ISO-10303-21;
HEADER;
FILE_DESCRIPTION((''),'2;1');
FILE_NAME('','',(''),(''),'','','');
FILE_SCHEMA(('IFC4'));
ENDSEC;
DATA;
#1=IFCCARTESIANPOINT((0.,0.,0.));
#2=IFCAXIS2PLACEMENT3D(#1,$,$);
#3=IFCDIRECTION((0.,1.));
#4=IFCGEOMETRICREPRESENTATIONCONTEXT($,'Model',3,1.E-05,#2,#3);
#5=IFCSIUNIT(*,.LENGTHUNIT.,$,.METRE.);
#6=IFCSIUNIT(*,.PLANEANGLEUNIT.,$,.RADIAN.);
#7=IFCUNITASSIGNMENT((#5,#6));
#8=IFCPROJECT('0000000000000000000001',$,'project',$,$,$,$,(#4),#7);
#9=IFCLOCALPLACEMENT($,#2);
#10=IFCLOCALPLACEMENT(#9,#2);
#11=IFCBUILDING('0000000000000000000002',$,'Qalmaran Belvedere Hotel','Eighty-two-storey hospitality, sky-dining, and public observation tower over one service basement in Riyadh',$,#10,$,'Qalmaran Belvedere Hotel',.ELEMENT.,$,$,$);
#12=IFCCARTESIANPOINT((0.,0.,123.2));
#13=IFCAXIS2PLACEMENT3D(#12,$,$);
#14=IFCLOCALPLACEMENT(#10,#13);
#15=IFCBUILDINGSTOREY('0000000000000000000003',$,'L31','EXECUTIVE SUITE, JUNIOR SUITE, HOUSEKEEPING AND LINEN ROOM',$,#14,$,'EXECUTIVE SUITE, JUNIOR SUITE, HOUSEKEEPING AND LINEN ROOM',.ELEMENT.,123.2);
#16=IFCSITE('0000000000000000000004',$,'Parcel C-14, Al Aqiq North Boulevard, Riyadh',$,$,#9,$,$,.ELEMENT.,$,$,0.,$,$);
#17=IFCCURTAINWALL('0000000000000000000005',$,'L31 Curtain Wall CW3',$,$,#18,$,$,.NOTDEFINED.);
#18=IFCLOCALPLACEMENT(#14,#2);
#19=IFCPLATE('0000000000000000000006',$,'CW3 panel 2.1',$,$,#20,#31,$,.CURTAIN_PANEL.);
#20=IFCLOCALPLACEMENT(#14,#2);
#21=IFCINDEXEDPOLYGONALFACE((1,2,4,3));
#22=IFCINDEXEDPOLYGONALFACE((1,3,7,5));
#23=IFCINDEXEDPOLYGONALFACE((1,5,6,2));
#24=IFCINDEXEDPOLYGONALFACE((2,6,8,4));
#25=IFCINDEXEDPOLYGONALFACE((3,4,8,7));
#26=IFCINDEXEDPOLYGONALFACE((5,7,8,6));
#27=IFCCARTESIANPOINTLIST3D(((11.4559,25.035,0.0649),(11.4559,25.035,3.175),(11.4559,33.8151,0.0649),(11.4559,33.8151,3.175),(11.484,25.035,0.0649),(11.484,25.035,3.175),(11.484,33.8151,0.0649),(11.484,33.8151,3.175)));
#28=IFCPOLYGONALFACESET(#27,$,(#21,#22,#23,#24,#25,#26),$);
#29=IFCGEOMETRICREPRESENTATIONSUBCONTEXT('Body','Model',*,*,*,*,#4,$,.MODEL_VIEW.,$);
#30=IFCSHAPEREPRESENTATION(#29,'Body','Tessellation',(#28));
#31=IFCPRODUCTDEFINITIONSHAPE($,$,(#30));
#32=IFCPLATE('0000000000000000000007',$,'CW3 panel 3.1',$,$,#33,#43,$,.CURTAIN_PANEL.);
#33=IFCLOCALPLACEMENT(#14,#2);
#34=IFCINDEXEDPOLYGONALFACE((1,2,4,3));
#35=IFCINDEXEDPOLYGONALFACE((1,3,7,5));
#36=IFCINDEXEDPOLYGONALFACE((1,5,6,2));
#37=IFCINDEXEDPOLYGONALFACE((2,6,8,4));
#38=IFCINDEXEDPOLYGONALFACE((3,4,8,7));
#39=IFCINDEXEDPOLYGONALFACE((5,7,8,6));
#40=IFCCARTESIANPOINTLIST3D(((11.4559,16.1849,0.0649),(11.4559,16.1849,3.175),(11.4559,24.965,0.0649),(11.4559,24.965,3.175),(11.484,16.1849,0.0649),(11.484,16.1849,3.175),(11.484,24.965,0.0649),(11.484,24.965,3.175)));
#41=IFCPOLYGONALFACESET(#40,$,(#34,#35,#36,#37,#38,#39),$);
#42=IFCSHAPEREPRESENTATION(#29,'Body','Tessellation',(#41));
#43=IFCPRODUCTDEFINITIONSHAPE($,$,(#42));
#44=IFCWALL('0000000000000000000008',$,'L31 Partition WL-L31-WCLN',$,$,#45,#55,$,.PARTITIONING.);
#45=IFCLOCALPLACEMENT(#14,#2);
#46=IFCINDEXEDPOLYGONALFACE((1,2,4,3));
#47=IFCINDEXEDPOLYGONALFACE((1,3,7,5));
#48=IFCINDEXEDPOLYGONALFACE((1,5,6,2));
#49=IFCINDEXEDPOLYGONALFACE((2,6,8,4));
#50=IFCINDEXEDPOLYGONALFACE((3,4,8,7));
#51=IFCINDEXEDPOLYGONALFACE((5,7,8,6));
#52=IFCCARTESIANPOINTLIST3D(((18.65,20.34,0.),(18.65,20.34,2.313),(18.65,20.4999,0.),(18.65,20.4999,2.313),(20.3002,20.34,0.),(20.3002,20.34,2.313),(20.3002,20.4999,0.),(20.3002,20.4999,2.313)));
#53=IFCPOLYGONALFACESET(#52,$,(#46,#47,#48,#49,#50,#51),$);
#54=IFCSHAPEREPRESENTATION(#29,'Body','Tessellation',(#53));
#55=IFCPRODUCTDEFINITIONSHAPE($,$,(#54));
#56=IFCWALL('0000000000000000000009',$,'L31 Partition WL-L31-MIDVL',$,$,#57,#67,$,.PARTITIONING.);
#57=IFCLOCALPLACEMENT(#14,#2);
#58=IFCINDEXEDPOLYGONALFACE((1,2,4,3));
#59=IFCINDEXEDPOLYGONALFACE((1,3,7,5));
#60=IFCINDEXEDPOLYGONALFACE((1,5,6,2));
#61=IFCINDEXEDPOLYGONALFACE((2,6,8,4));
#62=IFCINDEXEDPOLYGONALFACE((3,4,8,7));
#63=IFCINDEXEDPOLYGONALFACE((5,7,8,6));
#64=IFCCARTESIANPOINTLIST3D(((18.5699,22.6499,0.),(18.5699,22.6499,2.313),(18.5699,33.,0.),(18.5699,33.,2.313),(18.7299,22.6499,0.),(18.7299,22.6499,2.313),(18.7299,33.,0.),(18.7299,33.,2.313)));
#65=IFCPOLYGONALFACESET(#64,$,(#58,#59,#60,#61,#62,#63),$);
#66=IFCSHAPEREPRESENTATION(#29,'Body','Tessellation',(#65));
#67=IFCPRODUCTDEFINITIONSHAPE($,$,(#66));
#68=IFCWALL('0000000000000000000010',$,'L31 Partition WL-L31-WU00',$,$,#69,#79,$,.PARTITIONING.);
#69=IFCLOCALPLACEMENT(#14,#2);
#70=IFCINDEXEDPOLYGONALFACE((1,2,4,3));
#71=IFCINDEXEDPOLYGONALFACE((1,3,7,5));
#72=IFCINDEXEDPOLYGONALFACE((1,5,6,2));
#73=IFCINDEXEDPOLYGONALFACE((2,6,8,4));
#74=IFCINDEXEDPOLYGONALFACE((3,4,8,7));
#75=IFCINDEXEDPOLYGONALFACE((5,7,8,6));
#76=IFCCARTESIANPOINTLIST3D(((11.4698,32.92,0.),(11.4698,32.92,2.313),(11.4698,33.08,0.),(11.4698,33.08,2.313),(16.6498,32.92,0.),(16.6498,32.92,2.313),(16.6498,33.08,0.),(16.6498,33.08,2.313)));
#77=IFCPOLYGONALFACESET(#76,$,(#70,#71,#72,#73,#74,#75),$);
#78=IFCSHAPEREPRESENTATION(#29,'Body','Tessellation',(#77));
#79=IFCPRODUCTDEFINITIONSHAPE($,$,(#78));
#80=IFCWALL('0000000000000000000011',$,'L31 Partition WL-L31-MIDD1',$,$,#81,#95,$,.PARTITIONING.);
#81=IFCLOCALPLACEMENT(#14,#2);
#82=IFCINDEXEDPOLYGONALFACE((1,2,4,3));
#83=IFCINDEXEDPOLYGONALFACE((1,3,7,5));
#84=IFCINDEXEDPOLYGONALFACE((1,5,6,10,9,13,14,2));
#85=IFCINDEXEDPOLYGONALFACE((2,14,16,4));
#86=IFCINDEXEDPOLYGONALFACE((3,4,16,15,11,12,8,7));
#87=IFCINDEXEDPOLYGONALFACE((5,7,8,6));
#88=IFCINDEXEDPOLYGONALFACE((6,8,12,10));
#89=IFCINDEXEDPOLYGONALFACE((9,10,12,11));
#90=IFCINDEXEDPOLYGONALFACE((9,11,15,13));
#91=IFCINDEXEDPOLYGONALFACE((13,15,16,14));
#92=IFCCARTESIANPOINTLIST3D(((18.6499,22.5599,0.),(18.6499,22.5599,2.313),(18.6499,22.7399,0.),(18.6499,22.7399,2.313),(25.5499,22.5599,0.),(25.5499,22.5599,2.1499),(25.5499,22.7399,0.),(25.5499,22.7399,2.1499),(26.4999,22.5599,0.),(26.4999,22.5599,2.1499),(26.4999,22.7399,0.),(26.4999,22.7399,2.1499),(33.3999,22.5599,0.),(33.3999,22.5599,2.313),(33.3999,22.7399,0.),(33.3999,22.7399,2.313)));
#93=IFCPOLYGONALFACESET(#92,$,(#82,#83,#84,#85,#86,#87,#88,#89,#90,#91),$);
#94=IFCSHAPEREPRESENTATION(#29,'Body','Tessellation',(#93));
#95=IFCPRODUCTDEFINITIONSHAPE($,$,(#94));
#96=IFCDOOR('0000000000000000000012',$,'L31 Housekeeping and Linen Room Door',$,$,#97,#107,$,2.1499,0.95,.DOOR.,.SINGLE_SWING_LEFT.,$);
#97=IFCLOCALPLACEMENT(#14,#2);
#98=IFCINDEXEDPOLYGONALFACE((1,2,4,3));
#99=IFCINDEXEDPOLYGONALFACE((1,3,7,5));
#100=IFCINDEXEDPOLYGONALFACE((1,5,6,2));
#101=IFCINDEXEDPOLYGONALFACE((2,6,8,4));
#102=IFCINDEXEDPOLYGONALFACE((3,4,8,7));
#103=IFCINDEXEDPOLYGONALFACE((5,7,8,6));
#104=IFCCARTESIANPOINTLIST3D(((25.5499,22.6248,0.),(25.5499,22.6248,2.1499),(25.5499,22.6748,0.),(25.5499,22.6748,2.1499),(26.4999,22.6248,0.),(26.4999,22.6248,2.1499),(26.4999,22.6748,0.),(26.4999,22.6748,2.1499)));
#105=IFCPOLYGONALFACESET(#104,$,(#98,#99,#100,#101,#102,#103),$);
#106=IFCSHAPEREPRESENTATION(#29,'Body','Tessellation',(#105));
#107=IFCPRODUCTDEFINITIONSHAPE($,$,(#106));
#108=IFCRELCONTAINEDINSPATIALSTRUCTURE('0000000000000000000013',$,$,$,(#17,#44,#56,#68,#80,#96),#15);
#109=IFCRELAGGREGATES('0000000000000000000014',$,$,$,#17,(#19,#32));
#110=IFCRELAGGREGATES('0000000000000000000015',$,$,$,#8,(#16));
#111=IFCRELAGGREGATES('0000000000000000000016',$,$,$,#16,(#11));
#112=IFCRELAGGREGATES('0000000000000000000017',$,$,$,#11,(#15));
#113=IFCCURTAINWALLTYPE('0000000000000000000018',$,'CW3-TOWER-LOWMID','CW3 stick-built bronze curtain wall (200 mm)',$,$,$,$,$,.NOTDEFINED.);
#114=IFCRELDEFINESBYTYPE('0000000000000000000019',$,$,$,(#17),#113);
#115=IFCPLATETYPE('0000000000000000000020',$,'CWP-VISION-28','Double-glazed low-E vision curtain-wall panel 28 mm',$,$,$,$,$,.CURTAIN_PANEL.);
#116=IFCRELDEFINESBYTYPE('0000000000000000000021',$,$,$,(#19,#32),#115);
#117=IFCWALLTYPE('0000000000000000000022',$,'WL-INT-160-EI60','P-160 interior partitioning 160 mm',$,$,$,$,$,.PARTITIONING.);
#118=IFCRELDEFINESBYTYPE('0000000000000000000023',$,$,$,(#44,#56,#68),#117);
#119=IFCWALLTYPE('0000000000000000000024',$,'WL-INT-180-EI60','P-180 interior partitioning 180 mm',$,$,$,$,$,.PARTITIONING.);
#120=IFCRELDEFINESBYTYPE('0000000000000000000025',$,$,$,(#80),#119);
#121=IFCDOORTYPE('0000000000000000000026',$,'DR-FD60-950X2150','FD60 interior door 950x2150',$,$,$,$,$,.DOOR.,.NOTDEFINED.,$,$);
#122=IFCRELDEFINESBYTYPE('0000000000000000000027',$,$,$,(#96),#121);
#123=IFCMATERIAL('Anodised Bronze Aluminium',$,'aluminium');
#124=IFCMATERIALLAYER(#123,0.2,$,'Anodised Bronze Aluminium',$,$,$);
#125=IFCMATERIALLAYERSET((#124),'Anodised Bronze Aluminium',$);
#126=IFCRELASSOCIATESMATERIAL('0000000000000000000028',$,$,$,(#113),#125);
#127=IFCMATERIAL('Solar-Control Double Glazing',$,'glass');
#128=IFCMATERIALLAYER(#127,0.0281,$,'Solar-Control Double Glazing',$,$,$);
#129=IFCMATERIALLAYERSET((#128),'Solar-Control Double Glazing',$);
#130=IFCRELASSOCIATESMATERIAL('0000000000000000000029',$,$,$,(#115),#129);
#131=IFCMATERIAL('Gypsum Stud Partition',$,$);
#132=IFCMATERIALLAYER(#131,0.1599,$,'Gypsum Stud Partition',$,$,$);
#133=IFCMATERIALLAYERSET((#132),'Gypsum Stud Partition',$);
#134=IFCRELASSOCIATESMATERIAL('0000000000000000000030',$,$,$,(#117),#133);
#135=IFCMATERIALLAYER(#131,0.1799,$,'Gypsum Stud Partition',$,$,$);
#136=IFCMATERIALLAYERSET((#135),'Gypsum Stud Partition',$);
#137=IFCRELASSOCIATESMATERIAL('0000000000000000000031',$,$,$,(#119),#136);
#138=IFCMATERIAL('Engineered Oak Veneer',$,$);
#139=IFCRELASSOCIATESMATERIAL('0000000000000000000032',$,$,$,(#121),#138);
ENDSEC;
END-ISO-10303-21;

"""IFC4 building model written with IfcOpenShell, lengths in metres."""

from ifc_helpers import new_model, si_unit, direction, frame, frame_2d, origin, origin_2d, place, context, subcontext, project, spatial, rectangle, extrude, material, layer, layer_set, type_object, element, fill, aggregate, save


model = new_model("IFC4")

# Units and contexts
model_context = context("Model", 3, precision=1e-05, world=origin(), true_north=direction((0.0, 1.0)))
body_context = subcontext(model_context, "Body", "Model", "MODEL_VIEW")
ifc_project = project(units=[si_unit("LENGTHUNIT", "METRE"), si_unit("PLANEANGLEUNIT", "RADIAN")], contexts=[model_context])

# Site, building, storey
site_placement = place(None, origin())
site = spatial("IfcSite", under=ifc_project, at=site_placement, Name="Parcel C-14, Al Aqiq North Boulevard, Riyadh", CompositionType="ELEMENT", RefElevation=0.0)
building_placement = place(site_placement, origin())
building = spatial("IfcBuilding", under=site, at=building_placement, Name="Qalmaran Belvedere Hotel", Description="Eighty-two-storey hospitality, sky-dining, and public observation tower over one service basement in Riyadh", LongName="Qalmaran Belvedere Hotel", CompositionType="ELEMENT")
storey_placement = place(building_placement, frame((0.0, 0.0, 123.2)))
storey = spatial("IfcBuildingStorey", under=building, at=storey_placement, Name="L31", Description="EXECUTIVE SUITE, JUNIOR SUITE, HOUSEKEEPING AND LINEN ROOM", LongName="EXECUTIVE SUITE, JUNIOR SUITE, HOUSEKEEPING AND LINEN ROOM", CompositionType="ELEMENT", Elevation=123.2)

# Curtain wall, plates
ifc_material_1 = material(Name="Anodised Bronze Aluminium", Category="aluminium")
ifc_layer_1 = layer(ifc_material_1, 0.2, Name="Anodised Bronze Aluminium")
ifc_layer_set_1 = layer_set([ifc_layer_1], Name="Anodised Bronze Aluminium")
curtain_wall_type = type_object("IfcCurtainWallType", Name="CW3-TOWER-LOWMID", Description="CW3 stick-built bronze curtain wall (200 mm)", PredefinedType="NOTDEFINED", material=ifc_layer_set_1)
curtain_wall_placement = place(storey_placement, origin())
curtain_wall = element("IfcCurtainWall", 1, at=curtain_wall_placement, inside=storey, type_object=curtain_wall_type, Name="L31 Curtain Wall CW3", PredefinedType="NOTDEFINED")
ifc_material_2 = material(Name="Solar-Control Double Glazing", Category="glass")
ifc_layer_2 = layer(ifc_material_2, 0.0281, Name="Solar-Control Double Glazing")
ifc_layer_set_2 = layer_set([ifc_layer_2], Name="Solar-Control Double Glazing")
plate_type = type_object("IfcPlateType", Name="CWP-VISION-28", Description="Double-glazed low-E vision curtain-wall panel 28 mm", PredefinedType="CURTAIN_PANEL", material=ifc_layer_set_2)
plate_1_placement = place(storey_placement, frame((11.47, 29.425, 0.0649), z_axis=(0.0, 0.0, 1.0), x_axis=(0.0, -1.0, 0.0)))
plate_1 = element("IfcPlate", 2, at=plate_1_placement, type_object=plate_type, Name="CW3 panel 2.1", PredefinedType="CURTAIN_PANEL", context=body_context, shape_type="SweptSolid", body=[
    extrude(rectangle(XDim=8.78, YDim=0.0281, at=origin_2d()), origin(), (0.0, 0.0, 1.0), 3.1101),
])
plate_2_placement = place(storey_placement, frame((11.47, 20.575, 0.0649), z_axis=(0.0, 0.0, 1.0), x_axis=(0.0, -1.0, 0.0)))
plate_2 = element("IfcPlate", 3, at=plate_2_placement, type_object=plate_type, Name="CW3 panel 3.1", PredefinedType="CURTAIN_PANEL", context=body_context, shape_type="SweptSolid", body=[
    extrude(rectangle(XDim=8.78, YDim=0.0281, at=origin_2d()), origin(), (0.0, 0.0, 1.0), 3.1101),
])
aggregate(curtain_wall, [plate_1, plate_2])

# Shared definitions
ifc_material_3 = material(Name="Gypsum Stud Partition")

# Walls
ifc_layer_3 = layer(ifc_material_3, 0.1599, Name="Gypsum Stud Partition")
ifc_layer_set_3 = layer_set([ifc_layer_3], Name="Gypsum Stud Partition")
wall_type_1 = type_object("IfcWallType", Name="WL-INT-160-EI60", Description="P-160 interior partitioning 160 mm", PredefinedType="PARTITIONING", material=ifc_layer_set_3)
wall_1_placement = place(storey_placement, frame((18.6499, 20.4199, 0.0), z_axis=(0.0, 0.0, 1.0), x_axis=(1.0, 0.0, 0.0)))
element("IfcWall", 4, at=wall_1_placement, inside=storey, type_object=wall_type_1, Name="L31 Partition WL-L31-WCLN", PredefinedType="PARTITIONING", context=body_context, shape_type="SweptSolid", body=[
    extrude(rectangle(XDim=1.6501, YDim=0.1599, at=frame_2d((0.8252, 0.0))), origin(), (0.0, 0.0, 1.0), 2.313),
])
wall_2_placement = place(storey_placement, frame((18.6499, 22.6499, 0.0), z_axis=(0.0, 0.0, 1.0), x_axis=(0.0, 1.0, 0.0)))
element("IfcWall", 5, at=wall_2_placement, inside=storey, type_object=wall_type_1, Name="L31 Partition WL-L31-MIDVL", PredefinedType="PARTITIONING", context=body_context, shape_type="SweptSolid", body=[
    extrude(rectangle(XDim=10.3501, YDim=0.1599, at=frame_2d((5.175, 0.0))), origin(), (0.0, 0.0, 1.0), 2.313),
])
wall_3_placement = place(storey_placement, frame((11.47, 33.0, 0.0), z_axis=(0.0, 0.0, 1.0), x_axis=(1.0, 0.0, 0.0)))
element("IfcWall", 6, at=wall_3_placement, inside=storey, type_object=wall_type_1, Name="L31 Partition WL-L31-WU00", PredefinedType="PARTITIONING", context=body_context, shape_type="SweptSolid", body=[
    extrude(rectangle(XDim=5.1799, YDim=0.1599, at=frame_2d((2.5898, 0.0))), origin(), (0.0, 0.0, 1.0), 2.313),
])

# Wall, opening, door
ifc_layer_4 = layer(ifc_material_3, 0.1799, Name="Gypsum Stud Partition")
ifc_layer_set_4 = layer_set([ifc_layer_4], Name="Gypsum Stud Partition")
wall_type_2 = type_object("IfcWallType", Name="WL-INT-180-EI60", Description="P-180 interior partitioning 180 mm", PredefinedType="PARTITIONING", material=ifc_layer_set_4)
wall_4_placement = place(storey_placement, frame((18.6499, 22.6499, 0.0), z_axis=(0.0, 0.0, 1.0), x_axis=(1.0, 0.0, 0.0)))
wall_4 = element("IfcWall", 7, at=wall_4_placement, inside=storey, type_object=wall_type_2, Name="L31 Partition WL-L31-MIDD1", PredefinedType="PARTITIONING", context=body_context, shape_type="SweptSolid", body=[
    extrude(rectangle(XDim=14.75, YDim=0.1799, at=frame_2d((7.375, 0.0))), origin(), (0.0, 0.0, 1.0), 2.313),
])
opening_1_placement = place(wall_4_placement, frame((6.8999, 0.0, 0.0)))
opening_1 = element("IfcOpeningElement", 8, at=opening_1_placement, cuts=wall_4, PredefinedType="OPENING", context=body_context, shape_type="SweptSolid", body=[
    extrude(rectangle(XDim=0.95, YDim=2.1499, at=frame_2d((0.4751, 1.075))), frame((0.0, 0.1001, 0.0), z_axis=(0.0, -1.0, 0.0), x_axis=(1.0, 0.0, 0.0)), (0.0, 0.0, 1.0), 0.2),
])
ifc_material_4 = material(Name="Engineered Oak Veneer")
door_type_1 = type_object("IfcDoorType", Name="DR-FD60-950X2150", Description="FD60 interior door 950x2150", OperationType="NOTDEFINED", PredefinedType="DOOR", material=ifc_material_4)
door_1_placement = place(opening_1_placement, origin())
door_1 = element("IfcDoor", 9, at=door_1_placement, inside=storey, type_object=door_type_1, Name="L31 Housekeeping and Linen Room Door", OperationType="SINGLE_SWING_LEFT", OverallHeight=2.1499, OverallWidth=0.95, PredefinedType="DOOR", context=body_context, shape_type="SweptSolid", body=[
    extrude(rectangle(XDim=0.95, YDim=2.1499, at=frame_2d((0.4751, 1.075))), frame((0.0, 0.0249, 0.0), z_axis=(0.0, -1.0, 0.0), x_axis=(1.0, 0.0, 0.0)), (0.0, 0.0, 1.0), 0.05),
])
fill(opening_1, door_1)

save(model, "model.ifc")
